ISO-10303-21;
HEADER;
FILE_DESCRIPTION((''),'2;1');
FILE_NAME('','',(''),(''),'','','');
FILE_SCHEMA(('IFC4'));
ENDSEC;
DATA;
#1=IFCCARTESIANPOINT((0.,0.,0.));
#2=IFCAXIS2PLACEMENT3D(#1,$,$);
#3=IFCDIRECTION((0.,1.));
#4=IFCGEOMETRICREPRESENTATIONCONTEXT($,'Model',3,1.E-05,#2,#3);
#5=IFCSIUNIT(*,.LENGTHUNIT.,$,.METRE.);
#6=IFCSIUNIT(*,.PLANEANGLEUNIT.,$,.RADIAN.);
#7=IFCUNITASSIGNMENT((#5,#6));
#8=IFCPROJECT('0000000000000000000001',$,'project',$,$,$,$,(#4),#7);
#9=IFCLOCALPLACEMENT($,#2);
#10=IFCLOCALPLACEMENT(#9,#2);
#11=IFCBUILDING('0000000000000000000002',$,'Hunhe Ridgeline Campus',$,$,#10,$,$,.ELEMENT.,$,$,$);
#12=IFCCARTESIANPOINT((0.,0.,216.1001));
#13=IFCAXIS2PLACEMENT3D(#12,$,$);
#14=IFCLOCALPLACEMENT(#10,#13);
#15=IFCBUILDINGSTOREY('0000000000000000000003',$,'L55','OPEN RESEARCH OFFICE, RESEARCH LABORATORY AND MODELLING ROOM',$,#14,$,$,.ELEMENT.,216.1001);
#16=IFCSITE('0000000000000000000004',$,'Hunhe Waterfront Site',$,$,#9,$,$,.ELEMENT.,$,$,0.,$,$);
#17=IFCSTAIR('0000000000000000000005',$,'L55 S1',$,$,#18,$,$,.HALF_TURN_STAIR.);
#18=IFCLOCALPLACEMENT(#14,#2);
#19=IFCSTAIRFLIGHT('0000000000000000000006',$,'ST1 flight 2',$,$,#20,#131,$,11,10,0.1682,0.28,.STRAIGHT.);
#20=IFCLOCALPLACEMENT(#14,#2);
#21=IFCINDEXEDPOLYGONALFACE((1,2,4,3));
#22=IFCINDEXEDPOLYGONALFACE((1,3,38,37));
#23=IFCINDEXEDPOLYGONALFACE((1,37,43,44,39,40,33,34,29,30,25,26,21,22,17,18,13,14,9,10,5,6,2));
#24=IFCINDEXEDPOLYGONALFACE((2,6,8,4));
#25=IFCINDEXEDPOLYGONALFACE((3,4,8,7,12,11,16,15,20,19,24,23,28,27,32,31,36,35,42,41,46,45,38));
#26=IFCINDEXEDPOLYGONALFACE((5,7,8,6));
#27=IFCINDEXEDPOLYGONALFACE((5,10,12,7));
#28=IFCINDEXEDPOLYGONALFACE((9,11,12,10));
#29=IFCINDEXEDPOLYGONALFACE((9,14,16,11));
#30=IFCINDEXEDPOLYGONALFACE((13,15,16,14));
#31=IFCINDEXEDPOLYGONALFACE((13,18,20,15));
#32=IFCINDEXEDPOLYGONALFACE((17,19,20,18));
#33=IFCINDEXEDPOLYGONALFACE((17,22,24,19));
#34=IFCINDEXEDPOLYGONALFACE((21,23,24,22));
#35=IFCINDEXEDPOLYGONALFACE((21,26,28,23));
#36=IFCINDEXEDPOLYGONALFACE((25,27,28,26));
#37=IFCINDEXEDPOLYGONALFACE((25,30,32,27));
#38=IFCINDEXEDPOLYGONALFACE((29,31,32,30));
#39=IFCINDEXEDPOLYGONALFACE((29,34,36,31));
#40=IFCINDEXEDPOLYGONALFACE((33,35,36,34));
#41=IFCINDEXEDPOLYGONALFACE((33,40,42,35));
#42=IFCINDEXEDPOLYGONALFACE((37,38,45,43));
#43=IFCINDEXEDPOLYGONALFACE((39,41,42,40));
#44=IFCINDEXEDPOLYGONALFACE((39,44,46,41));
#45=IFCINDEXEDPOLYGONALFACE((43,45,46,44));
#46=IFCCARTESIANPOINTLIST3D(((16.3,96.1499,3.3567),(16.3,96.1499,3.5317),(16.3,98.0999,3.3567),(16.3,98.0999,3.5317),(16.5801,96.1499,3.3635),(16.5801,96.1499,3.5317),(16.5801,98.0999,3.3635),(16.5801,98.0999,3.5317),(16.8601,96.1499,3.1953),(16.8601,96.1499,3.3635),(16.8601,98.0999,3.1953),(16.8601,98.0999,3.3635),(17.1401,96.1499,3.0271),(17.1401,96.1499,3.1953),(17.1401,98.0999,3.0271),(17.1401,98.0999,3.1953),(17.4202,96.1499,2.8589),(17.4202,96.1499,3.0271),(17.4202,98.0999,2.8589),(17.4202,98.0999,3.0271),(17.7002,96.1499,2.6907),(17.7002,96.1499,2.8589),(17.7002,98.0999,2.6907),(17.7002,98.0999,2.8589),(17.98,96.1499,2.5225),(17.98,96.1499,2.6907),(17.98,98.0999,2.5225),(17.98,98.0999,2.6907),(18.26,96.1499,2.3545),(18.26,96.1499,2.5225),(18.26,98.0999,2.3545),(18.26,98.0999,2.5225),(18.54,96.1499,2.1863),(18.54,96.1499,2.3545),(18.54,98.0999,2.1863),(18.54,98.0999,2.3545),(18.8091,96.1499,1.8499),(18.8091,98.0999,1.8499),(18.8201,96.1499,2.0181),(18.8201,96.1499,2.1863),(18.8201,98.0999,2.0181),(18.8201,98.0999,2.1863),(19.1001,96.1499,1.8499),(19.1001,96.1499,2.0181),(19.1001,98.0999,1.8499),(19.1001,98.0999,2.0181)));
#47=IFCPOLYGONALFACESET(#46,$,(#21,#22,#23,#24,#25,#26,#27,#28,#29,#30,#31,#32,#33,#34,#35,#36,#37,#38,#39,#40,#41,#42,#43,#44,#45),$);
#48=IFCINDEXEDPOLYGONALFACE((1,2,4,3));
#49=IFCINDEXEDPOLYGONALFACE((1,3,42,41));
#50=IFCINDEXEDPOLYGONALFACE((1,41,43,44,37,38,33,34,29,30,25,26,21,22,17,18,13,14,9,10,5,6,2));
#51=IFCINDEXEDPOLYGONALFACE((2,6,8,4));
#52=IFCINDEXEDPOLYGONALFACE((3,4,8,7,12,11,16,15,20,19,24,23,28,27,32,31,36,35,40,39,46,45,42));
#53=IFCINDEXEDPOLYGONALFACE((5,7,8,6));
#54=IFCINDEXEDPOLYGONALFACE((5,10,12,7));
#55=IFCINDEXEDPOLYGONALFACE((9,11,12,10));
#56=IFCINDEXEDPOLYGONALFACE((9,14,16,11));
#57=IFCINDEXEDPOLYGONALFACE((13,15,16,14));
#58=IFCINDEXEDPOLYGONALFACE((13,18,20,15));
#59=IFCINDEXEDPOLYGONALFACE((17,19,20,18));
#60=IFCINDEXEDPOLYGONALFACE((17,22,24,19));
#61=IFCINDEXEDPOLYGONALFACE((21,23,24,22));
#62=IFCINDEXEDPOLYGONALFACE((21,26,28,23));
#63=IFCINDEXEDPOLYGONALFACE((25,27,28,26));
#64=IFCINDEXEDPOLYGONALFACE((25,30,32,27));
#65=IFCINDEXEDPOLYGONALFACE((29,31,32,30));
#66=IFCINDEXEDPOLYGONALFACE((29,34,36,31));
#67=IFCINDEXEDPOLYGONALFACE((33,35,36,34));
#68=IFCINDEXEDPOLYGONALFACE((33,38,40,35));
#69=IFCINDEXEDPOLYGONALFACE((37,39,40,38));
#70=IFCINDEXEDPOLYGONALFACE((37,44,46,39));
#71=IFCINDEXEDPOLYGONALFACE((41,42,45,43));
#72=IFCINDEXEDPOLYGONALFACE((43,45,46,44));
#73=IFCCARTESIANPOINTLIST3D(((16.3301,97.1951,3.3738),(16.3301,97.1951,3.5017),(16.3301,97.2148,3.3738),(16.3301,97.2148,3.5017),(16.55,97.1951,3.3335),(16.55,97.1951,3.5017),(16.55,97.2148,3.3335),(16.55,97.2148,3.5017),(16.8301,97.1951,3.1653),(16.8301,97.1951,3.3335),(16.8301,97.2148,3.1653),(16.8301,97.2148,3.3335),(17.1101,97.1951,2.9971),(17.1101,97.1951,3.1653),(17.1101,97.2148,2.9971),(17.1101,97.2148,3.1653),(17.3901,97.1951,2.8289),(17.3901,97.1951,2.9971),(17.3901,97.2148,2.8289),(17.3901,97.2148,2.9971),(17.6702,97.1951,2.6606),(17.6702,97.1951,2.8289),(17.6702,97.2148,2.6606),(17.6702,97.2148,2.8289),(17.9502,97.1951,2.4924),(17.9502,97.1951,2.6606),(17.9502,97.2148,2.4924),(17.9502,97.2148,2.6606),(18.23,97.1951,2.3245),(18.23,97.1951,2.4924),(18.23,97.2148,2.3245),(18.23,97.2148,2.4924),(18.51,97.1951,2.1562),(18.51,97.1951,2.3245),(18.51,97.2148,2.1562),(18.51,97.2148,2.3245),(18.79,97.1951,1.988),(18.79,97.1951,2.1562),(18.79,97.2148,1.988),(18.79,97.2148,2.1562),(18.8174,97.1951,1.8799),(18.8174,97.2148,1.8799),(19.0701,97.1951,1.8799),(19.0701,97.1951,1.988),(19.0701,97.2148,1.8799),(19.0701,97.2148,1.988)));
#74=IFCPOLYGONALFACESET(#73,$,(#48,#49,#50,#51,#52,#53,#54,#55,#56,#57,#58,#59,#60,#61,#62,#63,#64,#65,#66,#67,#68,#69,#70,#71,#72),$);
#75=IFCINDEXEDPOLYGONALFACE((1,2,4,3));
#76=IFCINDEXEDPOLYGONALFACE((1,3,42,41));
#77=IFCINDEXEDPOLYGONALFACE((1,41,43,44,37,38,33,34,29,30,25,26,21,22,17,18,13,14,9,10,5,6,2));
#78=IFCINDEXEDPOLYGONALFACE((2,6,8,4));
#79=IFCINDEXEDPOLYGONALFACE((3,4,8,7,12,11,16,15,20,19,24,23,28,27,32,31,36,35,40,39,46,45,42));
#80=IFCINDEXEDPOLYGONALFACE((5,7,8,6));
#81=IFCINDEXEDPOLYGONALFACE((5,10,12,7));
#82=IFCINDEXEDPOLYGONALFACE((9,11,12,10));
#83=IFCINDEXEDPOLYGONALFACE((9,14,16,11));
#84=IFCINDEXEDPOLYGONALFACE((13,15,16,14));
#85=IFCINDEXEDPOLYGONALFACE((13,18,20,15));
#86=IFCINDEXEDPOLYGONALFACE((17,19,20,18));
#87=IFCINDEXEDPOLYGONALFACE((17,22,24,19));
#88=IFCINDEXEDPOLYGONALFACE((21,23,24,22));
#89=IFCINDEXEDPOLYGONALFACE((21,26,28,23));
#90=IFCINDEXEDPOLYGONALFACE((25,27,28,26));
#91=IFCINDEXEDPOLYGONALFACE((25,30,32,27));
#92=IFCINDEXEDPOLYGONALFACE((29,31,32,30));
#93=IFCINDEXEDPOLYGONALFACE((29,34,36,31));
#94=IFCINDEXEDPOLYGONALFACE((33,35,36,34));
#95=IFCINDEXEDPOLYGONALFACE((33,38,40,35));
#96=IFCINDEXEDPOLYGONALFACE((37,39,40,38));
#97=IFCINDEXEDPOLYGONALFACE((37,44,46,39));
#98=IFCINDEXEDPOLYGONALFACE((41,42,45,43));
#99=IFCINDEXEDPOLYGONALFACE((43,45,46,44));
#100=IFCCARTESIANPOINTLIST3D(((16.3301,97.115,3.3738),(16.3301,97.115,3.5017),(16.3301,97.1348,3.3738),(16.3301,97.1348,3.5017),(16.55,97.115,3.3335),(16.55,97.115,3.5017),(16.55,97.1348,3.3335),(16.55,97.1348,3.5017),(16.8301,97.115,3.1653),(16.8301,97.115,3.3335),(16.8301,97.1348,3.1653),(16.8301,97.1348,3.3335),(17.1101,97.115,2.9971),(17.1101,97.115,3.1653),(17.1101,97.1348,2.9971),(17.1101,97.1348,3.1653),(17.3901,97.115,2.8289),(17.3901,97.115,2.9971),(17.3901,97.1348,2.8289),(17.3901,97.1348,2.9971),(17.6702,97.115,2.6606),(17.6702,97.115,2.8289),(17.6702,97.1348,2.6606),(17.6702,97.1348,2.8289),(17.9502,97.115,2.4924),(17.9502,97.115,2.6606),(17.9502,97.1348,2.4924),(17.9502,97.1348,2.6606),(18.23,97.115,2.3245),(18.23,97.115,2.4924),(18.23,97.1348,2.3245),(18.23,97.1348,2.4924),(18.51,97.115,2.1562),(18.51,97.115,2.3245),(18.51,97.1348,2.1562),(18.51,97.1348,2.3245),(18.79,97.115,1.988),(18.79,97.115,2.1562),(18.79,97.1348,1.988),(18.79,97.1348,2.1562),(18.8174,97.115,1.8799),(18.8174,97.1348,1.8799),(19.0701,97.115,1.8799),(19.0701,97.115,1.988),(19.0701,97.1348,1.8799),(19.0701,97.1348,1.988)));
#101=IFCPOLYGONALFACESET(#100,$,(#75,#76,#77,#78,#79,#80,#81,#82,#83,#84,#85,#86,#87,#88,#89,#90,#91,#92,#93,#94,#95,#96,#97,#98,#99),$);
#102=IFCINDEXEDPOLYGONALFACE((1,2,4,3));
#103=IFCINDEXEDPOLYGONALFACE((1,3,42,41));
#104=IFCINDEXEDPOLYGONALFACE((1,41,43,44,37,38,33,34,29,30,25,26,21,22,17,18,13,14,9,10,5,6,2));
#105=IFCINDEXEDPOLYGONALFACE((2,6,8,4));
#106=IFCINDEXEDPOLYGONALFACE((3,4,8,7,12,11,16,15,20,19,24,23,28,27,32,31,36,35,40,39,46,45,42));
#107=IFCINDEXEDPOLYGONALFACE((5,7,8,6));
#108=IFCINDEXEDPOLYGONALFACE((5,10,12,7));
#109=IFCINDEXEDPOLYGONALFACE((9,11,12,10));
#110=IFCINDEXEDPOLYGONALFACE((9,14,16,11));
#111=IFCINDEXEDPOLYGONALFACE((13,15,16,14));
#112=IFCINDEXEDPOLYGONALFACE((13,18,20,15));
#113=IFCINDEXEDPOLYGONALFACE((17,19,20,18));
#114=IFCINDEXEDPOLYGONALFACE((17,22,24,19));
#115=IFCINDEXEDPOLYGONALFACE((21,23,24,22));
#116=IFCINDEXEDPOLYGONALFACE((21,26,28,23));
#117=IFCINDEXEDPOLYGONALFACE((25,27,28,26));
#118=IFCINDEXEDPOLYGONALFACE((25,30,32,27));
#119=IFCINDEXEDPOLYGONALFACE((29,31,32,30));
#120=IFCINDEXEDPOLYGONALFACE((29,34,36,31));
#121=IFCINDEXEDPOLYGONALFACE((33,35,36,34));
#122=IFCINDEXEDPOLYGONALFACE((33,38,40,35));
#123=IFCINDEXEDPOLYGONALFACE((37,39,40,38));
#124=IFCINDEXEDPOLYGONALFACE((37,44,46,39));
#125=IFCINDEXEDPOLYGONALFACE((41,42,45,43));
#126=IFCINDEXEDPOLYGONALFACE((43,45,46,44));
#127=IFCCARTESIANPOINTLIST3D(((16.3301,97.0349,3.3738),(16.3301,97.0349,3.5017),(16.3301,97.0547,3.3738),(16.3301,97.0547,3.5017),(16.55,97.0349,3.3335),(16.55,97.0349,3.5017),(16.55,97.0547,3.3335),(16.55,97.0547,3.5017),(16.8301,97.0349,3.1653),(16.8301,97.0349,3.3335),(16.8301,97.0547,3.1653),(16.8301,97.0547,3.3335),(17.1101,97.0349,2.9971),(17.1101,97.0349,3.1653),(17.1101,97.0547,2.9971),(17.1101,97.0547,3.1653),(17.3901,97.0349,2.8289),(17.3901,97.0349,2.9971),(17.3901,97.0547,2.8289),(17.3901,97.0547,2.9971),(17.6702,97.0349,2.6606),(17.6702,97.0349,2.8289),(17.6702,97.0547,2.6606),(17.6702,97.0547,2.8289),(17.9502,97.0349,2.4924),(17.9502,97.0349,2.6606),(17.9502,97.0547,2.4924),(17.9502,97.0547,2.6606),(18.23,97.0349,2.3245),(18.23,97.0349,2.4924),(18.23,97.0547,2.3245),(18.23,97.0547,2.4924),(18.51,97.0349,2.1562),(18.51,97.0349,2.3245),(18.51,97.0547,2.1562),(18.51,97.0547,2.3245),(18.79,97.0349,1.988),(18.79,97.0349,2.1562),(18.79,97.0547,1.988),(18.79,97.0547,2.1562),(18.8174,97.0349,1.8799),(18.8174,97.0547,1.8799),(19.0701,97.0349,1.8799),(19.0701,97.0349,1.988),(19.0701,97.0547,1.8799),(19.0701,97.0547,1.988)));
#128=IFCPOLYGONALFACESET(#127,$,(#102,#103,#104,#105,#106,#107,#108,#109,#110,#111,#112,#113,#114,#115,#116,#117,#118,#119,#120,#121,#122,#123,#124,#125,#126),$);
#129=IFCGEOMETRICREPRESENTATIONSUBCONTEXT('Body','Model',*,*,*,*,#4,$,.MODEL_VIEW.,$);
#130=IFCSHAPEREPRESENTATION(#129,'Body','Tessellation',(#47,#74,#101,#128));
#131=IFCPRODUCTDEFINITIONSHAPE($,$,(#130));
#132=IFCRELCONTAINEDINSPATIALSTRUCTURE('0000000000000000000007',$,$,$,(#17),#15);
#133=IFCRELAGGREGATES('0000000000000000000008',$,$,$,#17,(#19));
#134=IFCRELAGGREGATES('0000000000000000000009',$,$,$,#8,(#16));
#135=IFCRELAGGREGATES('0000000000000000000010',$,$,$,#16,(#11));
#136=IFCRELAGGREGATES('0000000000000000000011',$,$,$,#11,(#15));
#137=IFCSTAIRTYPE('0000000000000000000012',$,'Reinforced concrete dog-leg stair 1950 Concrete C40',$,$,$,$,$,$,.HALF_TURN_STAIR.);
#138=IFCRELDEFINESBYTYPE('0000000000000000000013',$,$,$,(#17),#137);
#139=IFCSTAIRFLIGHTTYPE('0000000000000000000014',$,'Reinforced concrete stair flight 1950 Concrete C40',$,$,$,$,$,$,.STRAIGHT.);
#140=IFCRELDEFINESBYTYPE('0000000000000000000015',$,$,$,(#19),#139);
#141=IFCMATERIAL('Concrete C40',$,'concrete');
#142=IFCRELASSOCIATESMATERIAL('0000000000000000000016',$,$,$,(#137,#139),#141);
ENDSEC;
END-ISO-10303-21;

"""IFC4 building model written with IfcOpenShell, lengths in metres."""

from ifc_helpers import new_model, si_unit, direction, frame, origin, place, context, subcontext, project, spatial, polyline, outline, extrude, material, type_object, element, aggregate, save


model = new_model("IFC4")

# Units and contexts
model_context = context("Model", 3, precision=1e-05, world=origin(), true_north=direction((0.0, 1.0)))
body_context = subcontext(model_context, "Body", "Model", "MODEL_VIEW")
ifc_project = project(units=[si_unit("LENGTHUNIT", "METRE"), si_unit("PLANEANGLEUNIT", "RADIAN")], contexts=[model_context])

# Site, building, storey
site_placement = place(None, origin())
site = spatial("IfcSite", under=ifc_project, at=site_placement, Name="Hunhe Waterfront Site", CompositionType="ELEMENT", RefElevation=0.0)
building_placement = place(site_placement, origin())
building = spatial("IfcBuilding", under=site, at=building_placement, Name="Hunhe Ridgeline Campus", CompositionType="ELEMENT")
storey_placement = place(building_placement, frame((0.0, 0.0, 216.1001)))
storey = spatial("IfcBuildingStorey", under=building, at=storey_placement, Name="L55", Description="OPEN RESEARCH OFFICE, RESEARCH LABORATORY AND MODELLING ROOM", CompositionType="ELEMENT", Elevation=216.1001)

# Stair, stair flight
ifc_material_1 = material(Name="Concrete C40", Category="concrete")
stair_type = type_object("IfcStairType", Name="Reinforced concrete dog-leg stair 1950 Concrete C40", PredefinedType="HALF_TURN_STAIR", material=ifc_material_1)
stair_placement = place(storey_placement, origin())
stair = element("IfcStair", 1, at=stair_placement, inside=storey, type_object=stair_type, Name="L55 S1", PredefinedType="HALF_TURN_STAIR")
stair_flight_type = type_object("IfcStairFlightType", Name="Reinforced concrete stair flight 1950 Concrete C40", PredefinedType="STRAIGHT", material=ifc_material_1)
stair_flight_1_placement = place(storey_placement, frame((19.1001, 97.125, 1.8499), z_axis=(0.0, 0.0, 1.0), x_axis=(-1.0, 0.0, 0.0)))
stair_flight_1 = element("IfcStairFlight", 2, at=stair_flight_1_placement, type_object=stair_flight_type, Name="ST1 flight 2", NumberOfRisers=11, NumberOfTreads=10, PredefinedType="STRAIGHT", RiserHeight=0.1682, TreadLength=0.28, context=body_context, shape_type="SweptSolid", body=[
    extrude(outline(polyline([(0.0, 0.0), (0.0, 0.1682), (0.28, 0.1682), (0.28, 0.3364), (0.5601, 0.3364), (0.5601, 0.5046), (0.8401, 0.5046), (0.8401, 0.6726), (1.1201, 0.6726), (1.1201, 0.8408), (1.3999, 0.8408), (1.3999, 1.009), (1.6799, 1.009), (1.6799, 1.1772), (1.96, 1.1772), (1.96, 1.3455), (2.24, 1.3455), (2.24, 1.5137), (2.52, 1.5137), (2.52, 1.6819), (2.8, 1.6819), (2.8, 1.8501), (2.8, 1.5068), (0.291, 0.0), (0.0, 0.0)])), frame((0.0, 0.9751, 0.0), z_axis=(0.0, -1.0, 0.0), x_axis=(1.0, 0.0, 0.0)), (0.0, 0.0, 1.0), 1.95),
    extrude(outline(polyline([(0.03, 0.03), (0.03, 0.1382), (0.3101, 0.1382), (0.3101, 0.3064), (0.5901, 0.3064), (0.5901, 0.4746), (0.8701, 0.4746), (0.8701, 0.6426), (1.1499, 0.6426), (1.1499, 0.8108), (1.4299, 0.8108), (1.4299, 0.979), (1.71, 0.979), (1.71, 1.1472), (1.99, 1.1472), (1.99, 1.3154), (2.27, 1.3154), (2.27, 1.4836), (2.55, 1.4836), (2.55, 1.6519), (2.77, 1.6519), (2.77, 1.5239), (0.2827, 0.03), (0.03, 0.03)])), frame((0.0, -0.0701, 0.0), z_axis=(0.0, -1.0, 0.0), x_axis=(1.0, 0.0, 0.0)), (0.0, 0.0, 1.0), 0.0198),
    extrude(outline(polyline([(0.03, 0.03), (0.03, 0.1382), (0.3101, 0.1382), (0.3101, 0.3064), (0.5901, 0.3064), (0.5901, 0.4746), (0.8701, 0.4746), (0.8701, 0.6426), (1.1499, 0.6426), (1.1499, 0.8108), (1.4299, 0.8108), (1.4299, 0.979), (1.71, 0.979), (1.71, 1.1472), (1.99, 1.1472), (1.99, 1.3154), (2.27, 1.3154), (2.27, 1.4836), (2.55, 1.4836), (2.55, 1.6519), (2.77, 1.6519), (2.77, 1.5239), (0.2827, 0.03), (0.03, 0.03)])), frame((0.0, 0.01, 0.0), z_axis=(0.0, -1.0, 0.0), x_axis=(1.0, 0.0, 0.0)), (0.0, 0.0, 1.0), 0.0198),
    extrude(outline(polyline([(0.03, 0.03), (0.03, 0.1382), (0.3101, 0.1382), (0.3101, 0.3064), (0.5901, 0.3064), (0.5901, 0.4746), (0.8701, 0.4746), (0.8701, 0.6426), (1.1499, 0.6426), (1.1499, 0.8108), (1.4299, 0.8108), (1.4299, 0.979), (1.71, 0.979), (1.71, 1.1472), (1.99, 1.1472), (1.99, 1.3154), (2.27, 1.3154), (2.27, 1.4836), (2.55, 1.4836), (2.55, 1.6519), (2.77, 1.6519), (2.77, 1.5239), (0.2827, 0.03), (0.03, 0.03)])), frame((0.0, 0.0901, 0.0), z_axis=(0.0, -1.0, 0.0), x_axis=(1.0, 0.0, 0.0)), (0.0, 0.0, 1.0), 0.0198),
])
aggregate(stair, [stair_flight_1])

save(model, "model.ifc")
